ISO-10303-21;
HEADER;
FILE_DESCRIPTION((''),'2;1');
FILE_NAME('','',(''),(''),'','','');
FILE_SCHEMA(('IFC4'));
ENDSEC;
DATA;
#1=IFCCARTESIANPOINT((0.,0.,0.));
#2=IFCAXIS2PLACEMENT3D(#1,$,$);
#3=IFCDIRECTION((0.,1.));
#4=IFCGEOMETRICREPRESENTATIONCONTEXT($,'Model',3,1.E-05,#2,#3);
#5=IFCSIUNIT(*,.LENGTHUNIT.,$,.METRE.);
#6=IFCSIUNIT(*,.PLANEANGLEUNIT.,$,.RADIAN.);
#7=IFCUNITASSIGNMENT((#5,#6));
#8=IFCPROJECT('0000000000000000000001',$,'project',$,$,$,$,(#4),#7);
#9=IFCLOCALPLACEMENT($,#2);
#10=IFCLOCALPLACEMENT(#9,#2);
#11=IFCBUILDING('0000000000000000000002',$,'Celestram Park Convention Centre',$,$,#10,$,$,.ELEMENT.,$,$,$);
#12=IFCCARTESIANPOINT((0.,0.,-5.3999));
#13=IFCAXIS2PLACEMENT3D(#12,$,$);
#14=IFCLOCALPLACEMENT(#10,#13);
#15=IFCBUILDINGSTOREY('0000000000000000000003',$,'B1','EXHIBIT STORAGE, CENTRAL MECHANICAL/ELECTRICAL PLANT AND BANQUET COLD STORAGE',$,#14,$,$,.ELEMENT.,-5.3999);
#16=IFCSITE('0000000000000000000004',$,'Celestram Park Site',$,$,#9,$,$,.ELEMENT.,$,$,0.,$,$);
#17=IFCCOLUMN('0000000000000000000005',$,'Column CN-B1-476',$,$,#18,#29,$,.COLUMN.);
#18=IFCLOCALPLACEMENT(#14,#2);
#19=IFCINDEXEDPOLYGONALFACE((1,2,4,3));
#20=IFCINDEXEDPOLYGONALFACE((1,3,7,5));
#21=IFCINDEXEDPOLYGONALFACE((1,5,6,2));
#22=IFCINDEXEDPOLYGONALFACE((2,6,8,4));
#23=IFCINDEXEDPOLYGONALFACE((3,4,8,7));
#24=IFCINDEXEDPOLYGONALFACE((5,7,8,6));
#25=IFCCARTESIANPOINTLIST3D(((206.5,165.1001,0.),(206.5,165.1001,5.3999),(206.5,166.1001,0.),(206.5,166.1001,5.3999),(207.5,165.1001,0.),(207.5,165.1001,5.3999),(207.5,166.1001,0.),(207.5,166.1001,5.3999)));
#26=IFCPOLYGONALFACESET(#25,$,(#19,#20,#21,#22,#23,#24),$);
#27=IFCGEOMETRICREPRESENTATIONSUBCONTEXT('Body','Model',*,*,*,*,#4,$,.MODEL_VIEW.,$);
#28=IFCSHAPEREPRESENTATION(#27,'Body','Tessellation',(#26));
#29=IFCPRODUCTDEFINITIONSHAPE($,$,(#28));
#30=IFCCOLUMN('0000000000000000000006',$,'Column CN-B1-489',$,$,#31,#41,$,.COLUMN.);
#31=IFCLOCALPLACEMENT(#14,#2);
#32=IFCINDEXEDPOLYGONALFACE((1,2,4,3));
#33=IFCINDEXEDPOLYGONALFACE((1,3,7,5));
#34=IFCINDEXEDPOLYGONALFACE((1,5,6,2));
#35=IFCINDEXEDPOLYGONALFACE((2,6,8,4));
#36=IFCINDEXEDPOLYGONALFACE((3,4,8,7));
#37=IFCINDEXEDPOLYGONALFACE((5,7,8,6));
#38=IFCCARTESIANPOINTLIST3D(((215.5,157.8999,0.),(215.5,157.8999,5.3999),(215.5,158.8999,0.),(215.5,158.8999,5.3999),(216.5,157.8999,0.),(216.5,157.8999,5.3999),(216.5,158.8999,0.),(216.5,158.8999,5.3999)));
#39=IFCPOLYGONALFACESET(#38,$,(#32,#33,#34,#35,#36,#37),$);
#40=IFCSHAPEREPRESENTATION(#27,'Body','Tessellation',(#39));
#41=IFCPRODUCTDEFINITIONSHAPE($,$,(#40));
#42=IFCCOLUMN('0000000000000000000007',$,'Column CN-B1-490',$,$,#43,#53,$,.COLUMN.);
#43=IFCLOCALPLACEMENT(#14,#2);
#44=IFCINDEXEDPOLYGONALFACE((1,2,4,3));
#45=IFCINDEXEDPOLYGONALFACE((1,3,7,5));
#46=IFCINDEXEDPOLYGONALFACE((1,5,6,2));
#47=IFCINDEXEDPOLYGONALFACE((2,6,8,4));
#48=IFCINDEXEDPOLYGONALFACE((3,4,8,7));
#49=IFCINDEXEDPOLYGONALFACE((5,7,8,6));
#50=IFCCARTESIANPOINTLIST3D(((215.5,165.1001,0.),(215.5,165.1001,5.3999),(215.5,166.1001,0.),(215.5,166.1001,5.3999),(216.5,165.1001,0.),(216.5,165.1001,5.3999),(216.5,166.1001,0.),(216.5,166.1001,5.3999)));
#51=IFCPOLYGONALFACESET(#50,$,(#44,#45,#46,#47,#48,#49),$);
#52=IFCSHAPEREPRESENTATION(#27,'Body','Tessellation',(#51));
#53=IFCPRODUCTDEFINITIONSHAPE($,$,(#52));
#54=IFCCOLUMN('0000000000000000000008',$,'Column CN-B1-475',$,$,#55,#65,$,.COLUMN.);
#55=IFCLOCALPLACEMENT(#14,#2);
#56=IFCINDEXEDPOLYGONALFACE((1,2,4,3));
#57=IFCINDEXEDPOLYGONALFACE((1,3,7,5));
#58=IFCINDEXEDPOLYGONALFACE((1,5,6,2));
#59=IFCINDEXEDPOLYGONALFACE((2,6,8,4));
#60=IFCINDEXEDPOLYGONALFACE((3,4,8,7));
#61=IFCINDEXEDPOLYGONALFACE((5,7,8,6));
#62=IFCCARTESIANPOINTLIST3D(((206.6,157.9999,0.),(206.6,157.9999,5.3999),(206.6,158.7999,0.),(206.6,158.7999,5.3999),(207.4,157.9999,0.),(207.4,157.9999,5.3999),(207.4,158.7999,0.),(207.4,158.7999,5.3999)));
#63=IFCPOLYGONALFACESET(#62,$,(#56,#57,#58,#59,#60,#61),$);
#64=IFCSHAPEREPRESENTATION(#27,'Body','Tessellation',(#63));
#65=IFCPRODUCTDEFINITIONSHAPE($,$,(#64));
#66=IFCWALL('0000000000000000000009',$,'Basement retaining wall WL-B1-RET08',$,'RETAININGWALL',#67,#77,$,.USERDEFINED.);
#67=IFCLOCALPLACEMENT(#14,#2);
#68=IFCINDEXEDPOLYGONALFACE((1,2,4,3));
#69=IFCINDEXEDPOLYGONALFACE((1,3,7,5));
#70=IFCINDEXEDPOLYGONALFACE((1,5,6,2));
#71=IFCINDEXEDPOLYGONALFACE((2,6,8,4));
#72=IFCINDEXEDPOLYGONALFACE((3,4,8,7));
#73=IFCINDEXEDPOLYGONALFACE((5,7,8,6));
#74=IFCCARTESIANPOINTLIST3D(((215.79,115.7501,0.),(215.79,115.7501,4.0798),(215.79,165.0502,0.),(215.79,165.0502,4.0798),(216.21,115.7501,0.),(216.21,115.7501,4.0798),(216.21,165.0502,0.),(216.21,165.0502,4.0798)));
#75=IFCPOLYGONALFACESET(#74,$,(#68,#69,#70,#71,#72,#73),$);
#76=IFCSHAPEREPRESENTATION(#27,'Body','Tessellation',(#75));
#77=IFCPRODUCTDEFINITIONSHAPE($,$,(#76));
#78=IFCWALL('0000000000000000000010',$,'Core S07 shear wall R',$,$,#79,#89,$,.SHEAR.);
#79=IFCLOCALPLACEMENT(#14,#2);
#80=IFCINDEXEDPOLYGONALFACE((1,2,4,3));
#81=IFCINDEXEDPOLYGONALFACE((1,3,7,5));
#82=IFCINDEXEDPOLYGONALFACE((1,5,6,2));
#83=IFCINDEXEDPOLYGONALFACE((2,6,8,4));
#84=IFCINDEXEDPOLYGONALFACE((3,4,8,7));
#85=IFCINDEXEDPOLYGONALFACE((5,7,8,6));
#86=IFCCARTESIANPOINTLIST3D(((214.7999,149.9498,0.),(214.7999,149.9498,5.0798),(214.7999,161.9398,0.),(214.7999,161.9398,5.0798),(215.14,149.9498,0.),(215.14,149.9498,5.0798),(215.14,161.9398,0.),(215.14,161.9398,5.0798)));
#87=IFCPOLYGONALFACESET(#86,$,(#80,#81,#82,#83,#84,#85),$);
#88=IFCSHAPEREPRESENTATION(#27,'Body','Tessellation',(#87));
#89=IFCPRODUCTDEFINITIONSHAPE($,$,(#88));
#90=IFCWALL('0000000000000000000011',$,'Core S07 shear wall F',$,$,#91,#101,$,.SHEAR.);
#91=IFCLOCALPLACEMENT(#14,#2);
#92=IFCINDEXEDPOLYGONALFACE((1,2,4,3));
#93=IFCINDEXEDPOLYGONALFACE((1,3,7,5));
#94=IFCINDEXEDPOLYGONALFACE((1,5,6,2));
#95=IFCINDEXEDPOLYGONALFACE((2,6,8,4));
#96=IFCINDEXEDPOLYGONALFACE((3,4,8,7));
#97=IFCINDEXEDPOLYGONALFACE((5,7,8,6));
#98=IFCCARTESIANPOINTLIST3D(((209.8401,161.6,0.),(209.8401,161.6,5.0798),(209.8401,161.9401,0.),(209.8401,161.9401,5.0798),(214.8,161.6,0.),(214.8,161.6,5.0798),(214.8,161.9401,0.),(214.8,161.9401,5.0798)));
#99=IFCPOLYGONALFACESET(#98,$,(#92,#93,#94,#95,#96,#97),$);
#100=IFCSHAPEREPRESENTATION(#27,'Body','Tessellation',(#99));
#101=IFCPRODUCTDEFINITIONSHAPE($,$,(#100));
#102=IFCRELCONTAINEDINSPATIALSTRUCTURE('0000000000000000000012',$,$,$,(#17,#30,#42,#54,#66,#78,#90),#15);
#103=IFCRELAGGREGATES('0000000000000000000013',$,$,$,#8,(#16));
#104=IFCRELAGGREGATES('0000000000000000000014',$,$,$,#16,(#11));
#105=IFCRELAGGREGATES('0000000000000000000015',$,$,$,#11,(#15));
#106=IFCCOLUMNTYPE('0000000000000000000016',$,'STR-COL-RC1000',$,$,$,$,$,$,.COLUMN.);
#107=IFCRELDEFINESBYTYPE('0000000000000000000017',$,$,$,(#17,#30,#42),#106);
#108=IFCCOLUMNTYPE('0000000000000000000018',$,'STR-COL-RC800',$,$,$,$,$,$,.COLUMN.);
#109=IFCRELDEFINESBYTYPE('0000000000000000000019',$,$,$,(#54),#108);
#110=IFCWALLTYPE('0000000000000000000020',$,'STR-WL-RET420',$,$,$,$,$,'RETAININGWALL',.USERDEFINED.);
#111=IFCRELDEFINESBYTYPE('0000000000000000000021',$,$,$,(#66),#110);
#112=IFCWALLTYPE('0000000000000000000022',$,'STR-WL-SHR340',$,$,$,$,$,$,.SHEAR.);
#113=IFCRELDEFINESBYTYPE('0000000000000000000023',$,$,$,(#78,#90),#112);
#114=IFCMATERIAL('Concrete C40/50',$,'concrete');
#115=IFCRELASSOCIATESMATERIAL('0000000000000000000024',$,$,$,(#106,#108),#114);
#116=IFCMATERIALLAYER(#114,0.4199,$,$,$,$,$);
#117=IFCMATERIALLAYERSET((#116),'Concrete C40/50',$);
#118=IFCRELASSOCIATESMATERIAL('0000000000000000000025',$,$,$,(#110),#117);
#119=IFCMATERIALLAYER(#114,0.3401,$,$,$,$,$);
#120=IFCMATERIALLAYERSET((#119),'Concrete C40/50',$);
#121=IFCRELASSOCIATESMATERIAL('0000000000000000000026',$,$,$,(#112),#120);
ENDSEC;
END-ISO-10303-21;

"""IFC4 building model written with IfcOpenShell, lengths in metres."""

from ifc_helpers import new_model, si_unit, direction, frame, frame_2d, origin, origin_2d, place, context, subcontext, project, spatial, rectangle, extrude, material, layer, layer_set, material_profile, profile_set, type_object, element, save


model = new_model("IFC4")

# Units and contexts
model_context = context("Model", 3, precision=1e-05, world=origin(), true_north=direction((0.0, 1.0)))
body_context = subcontext(model_context, "Body", "Model", "MODEL_VIEW")
ifc_project = project(units=[si_unit("LENGTHUNIT", "METRE"), si_unit("PLANEANGLEUNIT", "RADIAN")], contexts=[model_context])

# Site, building, storey
site_placement = place(None, origin())
site = spatial("IfcSite", under=ifc_project, at=site_placement, Name="Celestram Park Site", CompositionType="ELEMENT", RefElevation=0.0)
building_placement = place(site_placement, origin())
building = spatial("IfcBuilding", under=site, at=building_placement, Name="Celestram Park Convention Centre", CompositionType="ELEMENT")
storey_placement = place(building_placement, frame((0.0, 0.0, -5.3999)))
storey = spatial("IfcBuildingStorey", under=building, at=storey_placement, Name="B1", Description="EXHIBIT STORAGE, CENTRAL MECHANICAL/ELECTRICAL PLANT AND BANQUET COLD STORAGE", CompositionType="ELEMENT", Elevation=-5.3999)

# Shared definitions
ifc_material_1 = material(Name="Concrete C40/50", Category="concrete")

# Columns
ifc_material_profile_1 = material_profile(ifc_material_1, rectangle(XDim=1.0, YDim=1.0, at=origin_2d()), Name="RC1000X1000")
ifc_profile_set_1 = profile_set([ifc_material_profile_1], Name="Concrete C40/50")
column_type_1 = type_object("IfcColumnType", Name="STR-COL-RC1000", PredefinedType="COLUMN", material=ifc_profile_set_1)
for number, where, z_axis, x_axis, name in (
    (1, (207.0, 165.6001, 0.0), (0.0, 0.0, 1.0), (1.0, 0.0, 0.0), "Column CN-B1-476"),
    (2, (216.0, 158.3999, 0.0), (0.0, 0.0, 1.0), (1.0, 0.0, 0.0), "Column CN-B1-489"),
    (3, (216.0, 165.6001, 0.0), (0.0, 0.0, 1.0), (1.0, 0.0, 0.0), "Column CN-B1-490"),
):
    element("IfcColumn", number, at=place(storey_placement, frame(where, z_axis=z_axis, x_axis=x_axis)), inside=storey, type_object=column_type_1, Name=name, PredefinedType="COLUMN", context=body_context, shape_type="SweptSolid", body=[
        extrude(rectangle(XDim=1.0, YDim=1.0, at=origin_2d()), origin(), (0.0, 0.0, 1.0), 5.3999),
    ])
ifc_material_profile_2 = material_profile(ifc_material_1, rectangle(XDim=0.8, YDim=0.8, at=origin_2d()), Name="RC800X800")
ifc_profile_set_2 = profile_set([ifc_material_profile_2], Name="Concrete C40/50")
column_type_2 = type_object("IfcColumnType", Name="STR-COL-RC800", PredefinedType="COLUMN", material=ifc_profile_set_2)
column_placement = place(storey_placement, frame((207.0, 158.3999, 0.0), z_axis=(0.0, 0.0, 1.0), x_axis=(1.0, 0.0, 0.0)))
element("IfcColumn", 4, at=column_placement, inside=storey, type_object=column_type_2, Name="Column CN-B1-475", PredefinedType="COLUMN", context=body_context, shape_type="SweptSolid", body=[
    extrude(rectangle(XDim=0.8, YDim=0.8, at=origin_2d()), origin(), (0.0, 0.0, 1.0), 5.3999),
])

# Walls
ifc_layer_1 = layer(ifc_material_1, 0.4199)
ifc_layer_set_1 = layer_set([ifc_layer_1], Name="Concrete C40/50")
wall_type_1 = type_object("IfcWallType", Name="STR-WL-RET420", ElementType="RETAININGWALL", PredefinedType="USERDEFINED", material=ifc_layer_set_1)
wall_1_placement = place(storey_placement, frame((216.0, 165.05, 0.0), z_axis=(0.0, 0.0, 1.0), x_axis=(0.0, -1.0, 0.0)))
element("IfcWall", 5, at=wall_1_placement, inside=storey, type_object=wall_type_1, Name="Basement retaining wall WL-B1-RET08", ObjectType="RETAININGWALL", PredefinedType="USERDEFINED", context=body_context, shape_type="SweptSolid", body=[
    extrude(rectangle(XDim=49.3, YDim=0.4199, at=frame_2d((24.6499, 0.0))), origin(), (0.0, 0.0, 1.0), 4.0798),
])
ifc_layer_2 = layer(ifc_material_1, 0.3401)
ifc_layer_set_2 = layer_set([ifc_layer_2], Name="Concrete C40/50")
wall_type_2 = type_object("IfcWallType", Name="STR-WL-SHR340", PredefinedType="SHEAR", material=ifc_layer_set_2)
wall_2_placement = place(storey_placement, frame((214.97, 161.9399, 0.0), z_axis=(0.0, 0.0, 1.0), x_axis=(0.0, -1.0, 0.0)))
element("IfcWall", 6, at=wall_2_placement, inside=storey, type_object=wall_type_2, Name="Core S07 shear wall R", PredefinedType="SHEAR", context=body_context, shape_type="SweptSolid", body=[
    extrude(rectangle(XDim=11.99, YDim=0.3401, at=frame_2d((5.9951, 0.0))), origin(), (0.0, 0.0, 1.0), 5.0798),
])
wall_3_placement = place(storey_placement, frame((209.8401, 161.77, 0.0), z_axis=(0.0, 0.0, 1.0), x_axis=(1.0, 0.0, 0.0)))
element("IfcWall", 7, at=wall_3_placement, inside=storey, type_object=wall_type_2, Name="Core S07 shear wall F", PredefinedType="SHEAR", context=body_context, shape_type="SweptSolid", body=[
    extrude(rectangle(XDim=4.96, YDim=0.3401, at=frame_2d((2.48, 0.0))), origin(), (0.0, 0.0, 1.0), 5.0798),
])

save(model, "model.ifc")
